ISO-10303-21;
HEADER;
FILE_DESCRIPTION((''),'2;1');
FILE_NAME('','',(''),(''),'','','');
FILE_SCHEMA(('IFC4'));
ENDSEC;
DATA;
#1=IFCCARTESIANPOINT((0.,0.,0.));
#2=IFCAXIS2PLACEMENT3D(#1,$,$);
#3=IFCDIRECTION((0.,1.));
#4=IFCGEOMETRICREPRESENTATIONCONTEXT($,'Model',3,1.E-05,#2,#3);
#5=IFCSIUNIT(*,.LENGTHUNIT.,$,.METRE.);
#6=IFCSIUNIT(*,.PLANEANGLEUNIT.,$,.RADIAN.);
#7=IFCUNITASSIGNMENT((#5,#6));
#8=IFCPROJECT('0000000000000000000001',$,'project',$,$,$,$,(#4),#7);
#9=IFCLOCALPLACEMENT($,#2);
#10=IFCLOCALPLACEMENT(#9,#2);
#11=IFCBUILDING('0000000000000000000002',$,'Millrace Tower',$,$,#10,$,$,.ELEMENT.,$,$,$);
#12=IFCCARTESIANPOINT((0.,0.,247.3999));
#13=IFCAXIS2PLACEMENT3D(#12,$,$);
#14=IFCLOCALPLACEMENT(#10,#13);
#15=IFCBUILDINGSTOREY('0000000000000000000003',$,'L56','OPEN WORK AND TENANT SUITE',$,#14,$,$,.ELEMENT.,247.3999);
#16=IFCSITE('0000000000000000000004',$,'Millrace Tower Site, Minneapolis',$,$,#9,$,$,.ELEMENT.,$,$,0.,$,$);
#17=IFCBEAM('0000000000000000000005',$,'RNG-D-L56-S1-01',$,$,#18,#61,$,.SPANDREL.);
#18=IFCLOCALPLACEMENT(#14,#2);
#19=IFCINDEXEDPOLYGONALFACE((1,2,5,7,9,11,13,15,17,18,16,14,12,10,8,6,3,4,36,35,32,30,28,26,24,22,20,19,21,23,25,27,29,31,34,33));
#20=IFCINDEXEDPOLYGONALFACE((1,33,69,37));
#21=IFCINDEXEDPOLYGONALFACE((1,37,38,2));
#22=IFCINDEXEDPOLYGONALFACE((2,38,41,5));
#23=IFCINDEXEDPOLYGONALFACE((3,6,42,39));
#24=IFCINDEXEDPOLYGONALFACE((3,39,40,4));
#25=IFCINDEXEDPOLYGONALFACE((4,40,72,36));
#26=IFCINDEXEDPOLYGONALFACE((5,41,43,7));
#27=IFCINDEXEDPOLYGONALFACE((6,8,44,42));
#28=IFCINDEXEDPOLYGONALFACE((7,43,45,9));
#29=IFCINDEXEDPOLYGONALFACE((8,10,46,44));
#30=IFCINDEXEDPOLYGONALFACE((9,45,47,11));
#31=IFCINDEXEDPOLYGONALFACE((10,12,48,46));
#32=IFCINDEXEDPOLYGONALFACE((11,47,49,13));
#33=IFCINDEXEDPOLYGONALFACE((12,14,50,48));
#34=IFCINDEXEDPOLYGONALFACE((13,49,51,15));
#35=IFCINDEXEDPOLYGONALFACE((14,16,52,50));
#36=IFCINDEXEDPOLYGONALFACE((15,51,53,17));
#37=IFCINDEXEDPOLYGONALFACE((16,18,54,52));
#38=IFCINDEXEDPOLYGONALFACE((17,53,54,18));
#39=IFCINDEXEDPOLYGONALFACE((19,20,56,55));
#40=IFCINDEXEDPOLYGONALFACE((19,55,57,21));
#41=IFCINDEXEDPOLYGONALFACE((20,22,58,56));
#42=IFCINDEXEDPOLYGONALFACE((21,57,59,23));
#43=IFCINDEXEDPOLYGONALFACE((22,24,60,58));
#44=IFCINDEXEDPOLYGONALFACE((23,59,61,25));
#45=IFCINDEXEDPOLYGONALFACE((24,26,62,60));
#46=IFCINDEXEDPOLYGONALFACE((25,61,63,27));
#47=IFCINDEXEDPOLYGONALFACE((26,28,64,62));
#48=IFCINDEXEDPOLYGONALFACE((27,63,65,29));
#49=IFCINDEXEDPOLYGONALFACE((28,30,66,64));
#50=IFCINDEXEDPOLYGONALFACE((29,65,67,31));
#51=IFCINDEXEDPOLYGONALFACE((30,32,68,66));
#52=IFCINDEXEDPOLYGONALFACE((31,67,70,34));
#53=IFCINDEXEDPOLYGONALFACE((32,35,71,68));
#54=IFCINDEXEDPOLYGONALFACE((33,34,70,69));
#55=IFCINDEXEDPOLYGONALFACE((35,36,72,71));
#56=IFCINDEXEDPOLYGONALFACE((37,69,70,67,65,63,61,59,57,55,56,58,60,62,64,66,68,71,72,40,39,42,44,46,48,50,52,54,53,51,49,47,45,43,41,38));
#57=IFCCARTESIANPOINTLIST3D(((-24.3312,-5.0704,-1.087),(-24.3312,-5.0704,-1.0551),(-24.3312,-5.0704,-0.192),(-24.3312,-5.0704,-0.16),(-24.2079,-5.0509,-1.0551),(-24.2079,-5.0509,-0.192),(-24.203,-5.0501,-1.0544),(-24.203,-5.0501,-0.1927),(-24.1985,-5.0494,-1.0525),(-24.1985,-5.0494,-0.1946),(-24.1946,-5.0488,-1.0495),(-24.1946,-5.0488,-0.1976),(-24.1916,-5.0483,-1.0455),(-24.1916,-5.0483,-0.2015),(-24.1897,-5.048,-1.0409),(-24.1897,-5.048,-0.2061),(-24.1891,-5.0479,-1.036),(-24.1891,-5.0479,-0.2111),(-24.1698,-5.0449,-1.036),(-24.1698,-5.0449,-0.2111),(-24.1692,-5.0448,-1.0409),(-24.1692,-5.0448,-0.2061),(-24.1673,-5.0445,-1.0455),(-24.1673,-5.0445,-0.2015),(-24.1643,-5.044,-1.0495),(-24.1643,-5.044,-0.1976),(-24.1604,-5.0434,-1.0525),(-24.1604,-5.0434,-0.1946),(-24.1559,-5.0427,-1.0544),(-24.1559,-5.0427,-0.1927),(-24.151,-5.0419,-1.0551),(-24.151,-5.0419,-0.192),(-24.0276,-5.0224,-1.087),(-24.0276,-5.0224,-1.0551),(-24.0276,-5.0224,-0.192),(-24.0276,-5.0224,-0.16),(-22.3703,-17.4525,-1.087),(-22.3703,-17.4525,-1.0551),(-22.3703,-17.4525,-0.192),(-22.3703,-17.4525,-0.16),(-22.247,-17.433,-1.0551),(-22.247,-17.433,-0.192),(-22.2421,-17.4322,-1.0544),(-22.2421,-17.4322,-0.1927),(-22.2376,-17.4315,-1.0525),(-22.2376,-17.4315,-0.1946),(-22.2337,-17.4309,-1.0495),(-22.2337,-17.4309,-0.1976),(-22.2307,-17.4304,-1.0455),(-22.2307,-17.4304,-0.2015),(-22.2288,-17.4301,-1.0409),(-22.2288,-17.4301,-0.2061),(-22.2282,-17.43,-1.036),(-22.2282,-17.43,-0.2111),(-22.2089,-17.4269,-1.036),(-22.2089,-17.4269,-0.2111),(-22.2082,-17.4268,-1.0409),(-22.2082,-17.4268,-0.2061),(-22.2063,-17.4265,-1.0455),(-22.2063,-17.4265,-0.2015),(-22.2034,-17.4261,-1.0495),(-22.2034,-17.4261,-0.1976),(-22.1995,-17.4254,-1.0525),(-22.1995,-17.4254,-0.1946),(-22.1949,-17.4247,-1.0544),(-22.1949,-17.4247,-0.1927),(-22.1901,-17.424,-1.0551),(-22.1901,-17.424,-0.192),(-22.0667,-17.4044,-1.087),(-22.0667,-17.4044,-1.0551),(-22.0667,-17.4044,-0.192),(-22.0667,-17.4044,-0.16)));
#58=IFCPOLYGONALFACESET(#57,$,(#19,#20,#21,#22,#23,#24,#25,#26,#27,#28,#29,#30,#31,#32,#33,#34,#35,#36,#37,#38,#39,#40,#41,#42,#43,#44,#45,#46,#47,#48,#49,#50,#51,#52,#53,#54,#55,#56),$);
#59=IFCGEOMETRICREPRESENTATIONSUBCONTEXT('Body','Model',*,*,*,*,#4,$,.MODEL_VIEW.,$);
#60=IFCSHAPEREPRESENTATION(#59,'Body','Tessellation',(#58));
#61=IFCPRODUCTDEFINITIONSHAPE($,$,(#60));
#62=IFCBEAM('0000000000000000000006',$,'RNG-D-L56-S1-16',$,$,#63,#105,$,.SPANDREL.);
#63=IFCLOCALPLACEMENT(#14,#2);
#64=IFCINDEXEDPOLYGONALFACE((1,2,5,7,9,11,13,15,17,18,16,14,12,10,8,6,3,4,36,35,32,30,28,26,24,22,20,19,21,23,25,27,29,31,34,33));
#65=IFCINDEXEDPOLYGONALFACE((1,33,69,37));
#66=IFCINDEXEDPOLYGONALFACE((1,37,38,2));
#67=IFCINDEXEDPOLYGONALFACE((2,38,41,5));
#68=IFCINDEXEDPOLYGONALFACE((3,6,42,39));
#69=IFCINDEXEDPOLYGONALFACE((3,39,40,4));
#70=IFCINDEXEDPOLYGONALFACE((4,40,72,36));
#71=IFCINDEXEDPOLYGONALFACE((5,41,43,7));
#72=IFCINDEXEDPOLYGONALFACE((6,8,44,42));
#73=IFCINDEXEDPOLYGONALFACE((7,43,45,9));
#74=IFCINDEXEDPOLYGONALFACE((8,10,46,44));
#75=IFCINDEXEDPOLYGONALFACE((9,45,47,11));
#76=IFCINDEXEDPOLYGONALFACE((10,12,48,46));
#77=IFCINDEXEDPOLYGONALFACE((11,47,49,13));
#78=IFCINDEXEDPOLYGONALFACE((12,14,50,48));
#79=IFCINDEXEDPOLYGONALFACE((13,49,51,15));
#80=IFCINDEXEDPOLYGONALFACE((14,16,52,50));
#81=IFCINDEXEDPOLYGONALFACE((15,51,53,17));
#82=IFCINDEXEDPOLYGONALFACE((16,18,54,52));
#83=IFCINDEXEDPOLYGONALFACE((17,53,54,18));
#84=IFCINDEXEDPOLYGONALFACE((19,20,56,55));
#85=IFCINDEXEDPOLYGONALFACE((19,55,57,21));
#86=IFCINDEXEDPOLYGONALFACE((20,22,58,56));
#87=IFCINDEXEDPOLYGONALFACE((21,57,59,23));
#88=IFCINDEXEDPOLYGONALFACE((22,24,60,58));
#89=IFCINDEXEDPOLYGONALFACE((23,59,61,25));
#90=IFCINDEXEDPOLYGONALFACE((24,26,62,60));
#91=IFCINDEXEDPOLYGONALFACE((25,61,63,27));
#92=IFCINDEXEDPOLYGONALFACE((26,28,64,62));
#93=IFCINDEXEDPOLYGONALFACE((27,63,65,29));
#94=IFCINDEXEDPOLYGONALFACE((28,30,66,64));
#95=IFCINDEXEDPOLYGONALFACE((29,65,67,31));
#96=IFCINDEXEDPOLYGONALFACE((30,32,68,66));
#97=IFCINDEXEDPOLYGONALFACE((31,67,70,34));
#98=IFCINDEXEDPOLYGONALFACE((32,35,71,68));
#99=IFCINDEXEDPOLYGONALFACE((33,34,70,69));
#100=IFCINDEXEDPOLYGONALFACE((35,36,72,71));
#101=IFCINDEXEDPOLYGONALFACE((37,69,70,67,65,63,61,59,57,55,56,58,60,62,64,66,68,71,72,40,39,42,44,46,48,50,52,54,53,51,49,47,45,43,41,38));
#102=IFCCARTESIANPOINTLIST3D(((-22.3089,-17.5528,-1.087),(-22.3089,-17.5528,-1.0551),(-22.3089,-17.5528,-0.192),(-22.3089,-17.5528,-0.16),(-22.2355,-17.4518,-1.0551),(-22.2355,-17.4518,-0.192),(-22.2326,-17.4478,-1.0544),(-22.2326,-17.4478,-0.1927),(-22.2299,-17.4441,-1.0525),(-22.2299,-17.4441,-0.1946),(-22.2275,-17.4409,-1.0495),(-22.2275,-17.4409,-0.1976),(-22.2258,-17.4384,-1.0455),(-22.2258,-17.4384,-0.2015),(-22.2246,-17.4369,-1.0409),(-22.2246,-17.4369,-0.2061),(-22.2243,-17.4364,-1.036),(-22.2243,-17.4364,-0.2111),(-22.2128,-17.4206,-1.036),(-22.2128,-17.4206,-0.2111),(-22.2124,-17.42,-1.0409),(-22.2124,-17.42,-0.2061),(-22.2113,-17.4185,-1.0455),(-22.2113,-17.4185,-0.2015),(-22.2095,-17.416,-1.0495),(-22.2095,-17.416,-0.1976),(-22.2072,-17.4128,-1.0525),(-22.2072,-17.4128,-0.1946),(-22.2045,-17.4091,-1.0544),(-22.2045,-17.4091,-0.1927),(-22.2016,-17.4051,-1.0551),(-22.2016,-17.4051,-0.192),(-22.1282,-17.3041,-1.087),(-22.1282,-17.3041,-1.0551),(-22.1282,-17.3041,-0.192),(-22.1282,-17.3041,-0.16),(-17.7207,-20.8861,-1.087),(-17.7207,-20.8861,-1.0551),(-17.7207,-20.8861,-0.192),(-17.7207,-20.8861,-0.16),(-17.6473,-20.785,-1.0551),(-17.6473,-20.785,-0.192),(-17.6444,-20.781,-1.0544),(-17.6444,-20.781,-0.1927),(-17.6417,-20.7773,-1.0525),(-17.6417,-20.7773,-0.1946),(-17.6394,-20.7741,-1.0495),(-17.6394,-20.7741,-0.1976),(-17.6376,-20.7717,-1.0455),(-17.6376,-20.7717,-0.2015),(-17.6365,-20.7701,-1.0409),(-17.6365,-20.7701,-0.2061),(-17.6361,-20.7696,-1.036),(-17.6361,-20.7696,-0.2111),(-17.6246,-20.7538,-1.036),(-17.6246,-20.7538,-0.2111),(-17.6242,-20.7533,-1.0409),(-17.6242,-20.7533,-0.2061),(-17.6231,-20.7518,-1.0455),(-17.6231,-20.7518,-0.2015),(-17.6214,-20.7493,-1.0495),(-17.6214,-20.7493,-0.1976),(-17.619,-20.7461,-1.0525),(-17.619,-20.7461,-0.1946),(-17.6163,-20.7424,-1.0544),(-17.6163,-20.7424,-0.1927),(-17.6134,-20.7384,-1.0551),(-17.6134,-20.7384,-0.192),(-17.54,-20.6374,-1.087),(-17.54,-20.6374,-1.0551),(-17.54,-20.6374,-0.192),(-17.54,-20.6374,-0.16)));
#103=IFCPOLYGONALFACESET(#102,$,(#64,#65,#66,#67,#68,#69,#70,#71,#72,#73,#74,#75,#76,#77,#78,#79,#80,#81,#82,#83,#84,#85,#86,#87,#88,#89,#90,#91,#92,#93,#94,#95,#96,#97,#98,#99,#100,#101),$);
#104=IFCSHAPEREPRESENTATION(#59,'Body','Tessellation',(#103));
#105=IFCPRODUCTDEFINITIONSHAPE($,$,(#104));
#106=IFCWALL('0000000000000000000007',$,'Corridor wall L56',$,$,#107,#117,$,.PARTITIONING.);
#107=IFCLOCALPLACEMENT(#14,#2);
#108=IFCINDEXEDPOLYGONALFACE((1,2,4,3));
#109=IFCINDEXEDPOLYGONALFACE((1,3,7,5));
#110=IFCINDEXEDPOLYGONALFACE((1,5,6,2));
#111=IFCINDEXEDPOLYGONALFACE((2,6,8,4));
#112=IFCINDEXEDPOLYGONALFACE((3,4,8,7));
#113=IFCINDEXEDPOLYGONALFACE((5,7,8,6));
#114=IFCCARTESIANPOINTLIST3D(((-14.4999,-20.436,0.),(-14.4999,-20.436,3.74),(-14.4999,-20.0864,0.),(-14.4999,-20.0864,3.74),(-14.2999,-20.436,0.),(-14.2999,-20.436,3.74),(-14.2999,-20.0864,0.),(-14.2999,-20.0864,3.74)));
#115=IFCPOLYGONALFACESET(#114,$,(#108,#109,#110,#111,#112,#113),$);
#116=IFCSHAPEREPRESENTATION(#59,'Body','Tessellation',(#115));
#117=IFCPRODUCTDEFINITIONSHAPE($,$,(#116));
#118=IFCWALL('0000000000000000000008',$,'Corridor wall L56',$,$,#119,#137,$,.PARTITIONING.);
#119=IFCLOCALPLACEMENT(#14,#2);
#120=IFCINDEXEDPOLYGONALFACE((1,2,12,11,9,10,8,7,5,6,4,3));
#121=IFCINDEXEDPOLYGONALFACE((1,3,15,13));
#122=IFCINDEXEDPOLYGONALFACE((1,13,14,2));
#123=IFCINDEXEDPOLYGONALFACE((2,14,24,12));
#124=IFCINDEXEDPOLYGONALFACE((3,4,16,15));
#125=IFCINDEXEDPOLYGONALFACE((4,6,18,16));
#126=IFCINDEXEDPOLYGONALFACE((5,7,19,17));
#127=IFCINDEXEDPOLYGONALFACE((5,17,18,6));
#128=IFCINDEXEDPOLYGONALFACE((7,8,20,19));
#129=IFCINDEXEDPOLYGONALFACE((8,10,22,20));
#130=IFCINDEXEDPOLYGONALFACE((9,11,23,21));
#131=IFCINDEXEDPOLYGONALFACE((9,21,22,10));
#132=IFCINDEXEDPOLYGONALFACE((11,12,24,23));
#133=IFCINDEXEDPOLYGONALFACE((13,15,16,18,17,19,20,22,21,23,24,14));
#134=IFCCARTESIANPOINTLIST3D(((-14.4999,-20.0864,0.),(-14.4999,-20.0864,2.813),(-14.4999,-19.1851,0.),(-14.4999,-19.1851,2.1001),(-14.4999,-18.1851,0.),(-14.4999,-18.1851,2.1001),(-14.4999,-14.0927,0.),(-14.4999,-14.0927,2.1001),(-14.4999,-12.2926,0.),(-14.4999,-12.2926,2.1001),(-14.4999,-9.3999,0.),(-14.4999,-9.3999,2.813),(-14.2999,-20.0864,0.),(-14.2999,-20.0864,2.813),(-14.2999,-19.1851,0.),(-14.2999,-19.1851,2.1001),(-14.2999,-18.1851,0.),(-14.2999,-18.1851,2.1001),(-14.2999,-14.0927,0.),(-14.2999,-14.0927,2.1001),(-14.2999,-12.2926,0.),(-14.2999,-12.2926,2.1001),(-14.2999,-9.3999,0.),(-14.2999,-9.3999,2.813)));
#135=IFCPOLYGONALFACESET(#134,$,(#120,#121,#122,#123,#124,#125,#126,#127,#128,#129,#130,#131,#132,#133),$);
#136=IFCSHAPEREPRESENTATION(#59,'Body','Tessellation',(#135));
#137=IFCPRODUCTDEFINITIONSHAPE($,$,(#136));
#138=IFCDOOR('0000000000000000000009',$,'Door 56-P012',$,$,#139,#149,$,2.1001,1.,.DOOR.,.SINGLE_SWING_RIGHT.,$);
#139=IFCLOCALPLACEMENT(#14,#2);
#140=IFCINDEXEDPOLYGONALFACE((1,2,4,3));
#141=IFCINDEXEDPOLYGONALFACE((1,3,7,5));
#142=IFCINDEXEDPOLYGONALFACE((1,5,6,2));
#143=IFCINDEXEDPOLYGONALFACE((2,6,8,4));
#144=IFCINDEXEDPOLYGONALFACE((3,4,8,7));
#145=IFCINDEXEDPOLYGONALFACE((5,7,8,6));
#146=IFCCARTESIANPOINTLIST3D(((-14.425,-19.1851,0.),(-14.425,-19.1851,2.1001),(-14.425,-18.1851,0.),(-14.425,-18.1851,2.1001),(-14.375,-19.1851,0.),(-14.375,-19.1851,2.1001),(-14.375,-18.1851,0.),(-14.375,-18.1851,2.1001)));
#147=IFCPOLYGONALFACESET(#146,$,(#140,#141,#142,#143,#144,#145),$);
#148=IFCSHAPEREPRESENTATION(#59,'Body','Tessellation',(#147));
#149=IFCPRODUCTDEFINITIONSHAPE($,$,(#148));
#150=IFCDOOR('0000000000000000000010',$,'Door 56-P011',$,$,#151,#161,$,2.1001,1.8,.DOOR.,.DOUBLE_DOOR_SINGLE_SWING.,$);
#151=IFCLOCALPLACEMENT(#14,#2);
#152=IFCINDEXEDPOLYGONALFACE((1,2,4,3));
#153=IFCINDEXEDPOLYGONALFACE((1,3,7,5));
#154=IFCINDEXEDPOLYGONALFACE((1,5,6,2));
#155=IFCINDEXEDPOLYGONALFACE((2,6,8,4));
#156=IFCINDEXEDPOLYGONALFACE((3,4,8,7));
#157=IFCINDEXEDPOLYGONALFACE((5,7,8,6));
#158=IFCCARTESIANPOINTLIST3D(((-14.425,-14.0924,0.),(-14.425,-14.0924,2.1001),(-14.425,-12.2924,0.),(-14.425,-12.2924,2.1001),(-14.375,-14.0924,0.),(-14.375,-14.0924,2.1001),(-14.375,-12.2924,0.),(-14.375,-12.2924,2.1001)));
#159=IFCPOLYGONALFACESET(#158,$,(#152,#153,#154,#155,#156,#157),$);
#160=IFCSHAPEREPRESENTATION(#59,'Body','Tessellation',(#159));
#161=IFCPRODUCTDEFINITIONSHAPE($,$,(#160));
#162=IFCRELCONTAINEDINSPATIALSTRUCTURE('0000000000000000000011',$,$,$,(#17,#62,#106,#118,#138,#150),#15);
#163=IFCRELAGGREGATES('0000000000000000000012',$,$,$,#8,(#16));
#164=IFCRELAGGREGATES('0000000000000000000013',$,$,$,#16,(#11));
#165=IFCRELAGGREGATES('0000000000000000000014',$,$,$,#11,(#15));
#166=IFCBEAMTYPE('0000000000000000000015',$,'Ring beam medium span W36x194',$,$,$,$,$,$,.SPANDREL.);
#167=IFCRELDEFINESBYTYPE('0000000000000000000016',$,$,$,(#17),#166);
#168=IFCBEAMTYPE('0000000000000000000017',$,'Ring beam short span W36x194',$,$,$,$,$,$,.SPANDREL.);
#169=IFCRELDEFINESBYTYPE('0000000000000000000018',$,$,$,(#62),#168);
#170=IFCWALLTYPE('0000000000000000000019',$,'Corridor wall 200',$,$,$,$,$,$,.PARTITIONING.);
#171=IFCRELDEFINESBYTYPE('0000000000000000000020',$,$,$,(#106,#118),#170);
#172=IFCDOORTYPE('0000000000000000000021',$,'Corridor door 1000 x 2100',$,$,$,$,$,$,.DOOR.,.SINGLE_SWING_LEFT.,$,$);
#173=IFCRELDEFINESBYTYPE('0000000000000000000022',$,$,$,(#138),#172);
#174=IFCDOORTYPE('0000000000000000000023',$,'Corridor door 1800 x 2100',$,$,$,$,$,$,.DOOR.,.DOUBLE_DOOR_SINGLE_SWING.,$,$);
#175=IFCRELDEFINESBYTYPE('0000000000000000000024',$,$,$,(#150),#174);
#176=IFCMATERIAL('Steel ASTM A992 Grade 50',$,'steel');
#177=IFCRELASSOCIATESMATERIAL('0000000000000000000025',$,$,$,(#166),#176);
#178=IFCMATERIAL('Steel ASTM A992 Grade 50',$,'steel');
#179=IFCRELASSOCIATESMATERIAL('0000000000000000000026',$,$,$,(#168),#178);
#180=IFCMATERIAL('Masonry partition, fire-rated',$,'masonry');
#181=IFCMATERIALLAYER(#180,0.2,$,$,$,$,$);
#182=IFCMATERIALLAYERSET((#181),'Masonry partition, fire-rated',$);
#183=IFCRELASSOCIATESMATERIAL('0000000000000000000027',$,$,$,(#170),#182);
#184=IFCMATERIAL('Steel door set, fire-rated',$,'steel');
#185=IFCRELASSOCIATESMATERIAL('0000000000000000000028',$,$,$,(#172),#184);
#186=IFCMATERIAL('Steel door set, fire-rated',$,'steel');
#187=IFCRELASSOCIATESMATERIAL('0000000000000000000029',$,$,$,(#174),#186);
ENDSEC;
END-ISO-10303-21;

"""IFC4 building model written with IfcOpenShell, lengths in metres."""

from ifc_helpers import new_model, si_unit, direction, frame, frame_2d, origin, origin_2d, place, context, subcontext, project, spatial, rectangle, i_section, extrude, material, layer, layer_set, material_profile, profile_set, type_object, element, fill, save


model = new_model("IFC4")

# Units and contexts
model_context = context("Model", 3, precision=1e-05, world=origin(), true_north=direction((0.0, 1.0)))
body_context = subcontext(model_context, "Body", "Model", "MODEL_VIEW")
ifc_project = project(units=[si_unit("LENGTHUNIT", "METRE"), si_unit("PLANEANGLEUNIT", "RADIAN")], contexts=[model_context])

# Site, building, storey
site_placement = place(None, origin())
site = spatial("IfcSite", under=ifc_project, at=site_placement, Name="Millrace Tower Site, Minneapolis", CompositionType="ELEMENT", RefElevation=0.0)
building_placement = place(site_placement, origin())
building = spatial("IfcBuilding", under=site, at=building_placement, Name="Millrace Tower", CompositionType="ELEMENT")
storey_placement = place(building_placement, frame((0.0, 0.0, 247.3999)))
storey = spatial("IfcBuildingStorey", under=building, at=storey_placement, Name="L56", Description="OPEN WORK AND TENANT SUITE", CompositionType="ELEMENT", Elevation=247.3999)

# Beams
ifc_material_1 = material(Name="Steel ASTM A992 Grade 50", Category="steel")
ifc_material_profile_1 = material_profile(ifc_material_1, i_section(OverallWidth=0.3074, OverallDepth=0.927, WebThickness=0.0195, FlangeThickness=0.032, FilletRadius=0.019, at=origin_2d()))
ifc_profile_set_1 = profile_set([ifc_material_profile_1], Name="Steel ASTM A992 Grade 50")
beam_type_1 = type_object("IfcBeamType", Name="Ring beam medium span W36x194", PredefinedType="SPANDREL", material=ifc_profile_set_1)
beam_1_placement = place(storey_placement, frame((-22.2185, -17.4285, -0.6235), z_axis=(-0.15642, 0.987691, 0.0), x_axis=(-0.987691, -0.15642, 0.0)))
element("IfcBeam", 1, at=beam_1_placement, inside=storey, type_object=beam_type_1, Name="RNG-D-L56-S1-01", PredefinedType="SPANDREL", context=body_context, shape_type="SweptSolid", body=[
    extrude(i_section(OverallWidth=0.3074, OverallDepth=0.927, WebThickness=0.0195, FlangeThickness=0.032, FilletRadius=0.019, at=origin_2d()), origin(), (0.0, 0.0, 1.0), 12.5364),
])
ifc_material_2 = material(Name="Steel ASTM A992 Grade 50", Category="steel")
ifc_material_profile_2 = material_profile(ifc_material_2, i_section(OverallWidth=0.3074, OverallDepth=0.927, WebThickness=0.0195, FlangeThickness=0.032, FilletRadius=0.019, at=origin_2d()))
ifc_profile_set_2 = profile_set([ifc_material_profile_2], Name="Steel ASTM A992 Grade 50")
beam_type_2 = type_object("IfcBeamType", Name="Ring beam short span W36x194", PredefinedType="SPANDREL", material=ifc_profile_set_2)
beam_2_placement = place(storey_placement, frame((-17.6304, -20.7617, -0.6235), z_axis=(-0.809036, 0.58776, 0.0), x_axis=(-0.58776, -0.809036, 0.0)))
element("IfcBeam", 2, at=beam_2_placement, inside=storey, type_object=beam_type_2, Name="RNG-D-L56-S1-16", PredefinedType="SPANDREL", context=body_context, shape_type="SweptSolid", body=[
    extrude(i_section(OverallWidth=0.3074, OverallDepth=0.927, WebThickness=0.0195, FlangeThickness=0.032, FilletRadius=0.019, at=origin_2d()), origin(), (0.0, 0.0, 1.0), 5.6711),
])

# Wall
ifc_material_3 = material(Name="Masonry partition, fire-rated", Category="masonry")
ifc_layer_1 = layer(ifc_material_3, 0.2)
ifc_layer_set_1 = layer_set([ifc_layer_1], Name="Masonry partition, fire-rated")
wall_type_1 = type_object("IfcWallType", Name="Corridor wall 200", PredefinedType="PARTITIONING", material=ifc_layer_set_1)
wall_1_placement = place(storey_placement, frame((-14.3999, -20.436, 0.0), z_axis=(0.0, 0.0, 1.0), x_axis=(0.0, 1.0, 0.0)))
element("IfcWall", 3, at=wall_1_placement, inside=storey, type_object=wall_type_1, Name="Corridor wall L56", PredefinedType="PARTITIONING", context=body_context, shape_type="SweptSolid", body=[
    extrude(rectangle(XDim=0.3496, YDim=0.2, at=frame_2d((0.1748, 0.0))), origin(), (0.0, 0.0, 1.0), 3.74),
])

# Wall, openings, doors
wall_2_placement = place(storey_placement, frame((-14.3999, -20.0864, 0.0), z_axis=(0.0, 0.0, 1.0), x_axis=(0.0, 1.0, 0.0)))
wall_2 = element("IfcWall", 4, at=wall_2_placement, inside=storey, type_object=wall_type_1, Name="Corridor wall L56", PredefinedType="PARTITIONING", context=body_context, shape_type="SweptSolid", body=[
    extrude(rectangle(XDim=10.6865, YDim=0.2, at=frame_2d((5.3433, 0.0))), origin(), (0.0, 0.0, 1.0), 2.813),
])
opening_1_placement = place(wall_2_placement, frame((5.9939, 0.0, 0.0)))
opening_1 = element("IfcOpeningElement", 5, at=opening_1_placement, cuts=wall_2, PredefinedType="OPENING", context=body_context, shape_type="SweptSolid", body=[
    extrude(rectangle(XDim=1.8, YDim=2.1001, at=frame_2d((0.8999, 1.05))), frame((0.0, 0.1099, 0.0), z_axis=(0.0, -1.0, 0.0), x_axis=(1.0, 0.0, 0.0)), (0.0, 0.0, 1.0), 0.22),
])
opening_2_placement = place(wall_2_placement, frame((0.9014, 0.0, 0.0)))
opening_2 = element("IfcOpeningElement", 6, at=opening_2_placement, cuts=wall_2, PredefinedType="OPENING", context=body_context, shape_type="SweptSolid", body=[
    extrude(rectangle(XDim=1.0, YDim=2.1001, at=frame_2d((0.5, 1.05))), frame((0.0, 0.1099, 0.0), z_axis=(0.0, -1.0, 0.0), x_axis=(1.0, 0.0, 0.0)), (0.0, 0.0, 1.0), 0.22),
])
ifc_material_4 = material(Name="Steel door set, fire-rated", Category="steel")
door_type_1 = type_object("IfcDoorType", Name="Corridor door 1000 x 2100", OperationType="SINGLE_SWING_LEFT", PredefinedType="DOOR", material=ifc_material_4)
door_1_placement = place(opening_2_placement, frame((1.0, 0.0, 0.0), z_axis=(0.0, 0.0, 1.0), x_axis=(-1.0, 0.0, 0.0)))
door_1 = element("IfcDoor", 7, at=door_1_placement, inside=storey, type_object=door_type_1, Name="Door 56-P012", OperationType="SINGLE_SWING_RIGHT", OverallHeight=2.1001, OverallWidth=1.0, PredefinedType="DOOR", context=body_context, shape_type="SweptSolid", body=[
    extrude(rectangle(XDim=1.0, YDim=2.1001, at=frame_2d((0.5, 1.05))), frame((0.0, 0.0249, 0.0), z_axis=(0.0, -1.0, 0.0), x_axis=(1.0, 0.0, 0.0)), (0.0, 0.0, 1.0), 0.05),
])
fill(opening_2, door_1)
ifc_material_5 = material(Name="Steel door set, fire-rated", Category="steel")
door_type_2 = type_object("IfcDoorType", Name="Corridor door 1800 x 2100", OperationType="DOUBLE_DOOR_SINGLE_SWING", PredefinedType="DOOR", material=ifc_material_5)
door_2_placement = place(opening_1_placement, frame((1.8, 0.0, 0.0), z_axis=(0.0, 0.0, 1.0), x_axis=(-1.0, 0.0, 0.0)))
door_2 = element("IfcDoor", 8, at=door_2_placement, inside=storey, type_object=door_type_2, Name="Door 56-P011", OperationType="DOUBLE_DOOR_SINGLE_SWING", OverallHeight=2.1001, OverallWidth=1.8, PredefinedType="DOOR", context=body_context, shape_type="SweptSolid", body=[
    extrude(rectangle(XDim=1.8, YDim=2.1001, at=frame_2d((0.8999, 1.05))), frame((0.0, 0.0249, 0.0), z_axis=(0.0, -1.0, 0.0), x_axis=(1.0, 0.0, 0.0)), (0.0, 0.0, 1.0), 0.05),
])
fill(opening_1, door_2)

save(model, "model.ifc")
